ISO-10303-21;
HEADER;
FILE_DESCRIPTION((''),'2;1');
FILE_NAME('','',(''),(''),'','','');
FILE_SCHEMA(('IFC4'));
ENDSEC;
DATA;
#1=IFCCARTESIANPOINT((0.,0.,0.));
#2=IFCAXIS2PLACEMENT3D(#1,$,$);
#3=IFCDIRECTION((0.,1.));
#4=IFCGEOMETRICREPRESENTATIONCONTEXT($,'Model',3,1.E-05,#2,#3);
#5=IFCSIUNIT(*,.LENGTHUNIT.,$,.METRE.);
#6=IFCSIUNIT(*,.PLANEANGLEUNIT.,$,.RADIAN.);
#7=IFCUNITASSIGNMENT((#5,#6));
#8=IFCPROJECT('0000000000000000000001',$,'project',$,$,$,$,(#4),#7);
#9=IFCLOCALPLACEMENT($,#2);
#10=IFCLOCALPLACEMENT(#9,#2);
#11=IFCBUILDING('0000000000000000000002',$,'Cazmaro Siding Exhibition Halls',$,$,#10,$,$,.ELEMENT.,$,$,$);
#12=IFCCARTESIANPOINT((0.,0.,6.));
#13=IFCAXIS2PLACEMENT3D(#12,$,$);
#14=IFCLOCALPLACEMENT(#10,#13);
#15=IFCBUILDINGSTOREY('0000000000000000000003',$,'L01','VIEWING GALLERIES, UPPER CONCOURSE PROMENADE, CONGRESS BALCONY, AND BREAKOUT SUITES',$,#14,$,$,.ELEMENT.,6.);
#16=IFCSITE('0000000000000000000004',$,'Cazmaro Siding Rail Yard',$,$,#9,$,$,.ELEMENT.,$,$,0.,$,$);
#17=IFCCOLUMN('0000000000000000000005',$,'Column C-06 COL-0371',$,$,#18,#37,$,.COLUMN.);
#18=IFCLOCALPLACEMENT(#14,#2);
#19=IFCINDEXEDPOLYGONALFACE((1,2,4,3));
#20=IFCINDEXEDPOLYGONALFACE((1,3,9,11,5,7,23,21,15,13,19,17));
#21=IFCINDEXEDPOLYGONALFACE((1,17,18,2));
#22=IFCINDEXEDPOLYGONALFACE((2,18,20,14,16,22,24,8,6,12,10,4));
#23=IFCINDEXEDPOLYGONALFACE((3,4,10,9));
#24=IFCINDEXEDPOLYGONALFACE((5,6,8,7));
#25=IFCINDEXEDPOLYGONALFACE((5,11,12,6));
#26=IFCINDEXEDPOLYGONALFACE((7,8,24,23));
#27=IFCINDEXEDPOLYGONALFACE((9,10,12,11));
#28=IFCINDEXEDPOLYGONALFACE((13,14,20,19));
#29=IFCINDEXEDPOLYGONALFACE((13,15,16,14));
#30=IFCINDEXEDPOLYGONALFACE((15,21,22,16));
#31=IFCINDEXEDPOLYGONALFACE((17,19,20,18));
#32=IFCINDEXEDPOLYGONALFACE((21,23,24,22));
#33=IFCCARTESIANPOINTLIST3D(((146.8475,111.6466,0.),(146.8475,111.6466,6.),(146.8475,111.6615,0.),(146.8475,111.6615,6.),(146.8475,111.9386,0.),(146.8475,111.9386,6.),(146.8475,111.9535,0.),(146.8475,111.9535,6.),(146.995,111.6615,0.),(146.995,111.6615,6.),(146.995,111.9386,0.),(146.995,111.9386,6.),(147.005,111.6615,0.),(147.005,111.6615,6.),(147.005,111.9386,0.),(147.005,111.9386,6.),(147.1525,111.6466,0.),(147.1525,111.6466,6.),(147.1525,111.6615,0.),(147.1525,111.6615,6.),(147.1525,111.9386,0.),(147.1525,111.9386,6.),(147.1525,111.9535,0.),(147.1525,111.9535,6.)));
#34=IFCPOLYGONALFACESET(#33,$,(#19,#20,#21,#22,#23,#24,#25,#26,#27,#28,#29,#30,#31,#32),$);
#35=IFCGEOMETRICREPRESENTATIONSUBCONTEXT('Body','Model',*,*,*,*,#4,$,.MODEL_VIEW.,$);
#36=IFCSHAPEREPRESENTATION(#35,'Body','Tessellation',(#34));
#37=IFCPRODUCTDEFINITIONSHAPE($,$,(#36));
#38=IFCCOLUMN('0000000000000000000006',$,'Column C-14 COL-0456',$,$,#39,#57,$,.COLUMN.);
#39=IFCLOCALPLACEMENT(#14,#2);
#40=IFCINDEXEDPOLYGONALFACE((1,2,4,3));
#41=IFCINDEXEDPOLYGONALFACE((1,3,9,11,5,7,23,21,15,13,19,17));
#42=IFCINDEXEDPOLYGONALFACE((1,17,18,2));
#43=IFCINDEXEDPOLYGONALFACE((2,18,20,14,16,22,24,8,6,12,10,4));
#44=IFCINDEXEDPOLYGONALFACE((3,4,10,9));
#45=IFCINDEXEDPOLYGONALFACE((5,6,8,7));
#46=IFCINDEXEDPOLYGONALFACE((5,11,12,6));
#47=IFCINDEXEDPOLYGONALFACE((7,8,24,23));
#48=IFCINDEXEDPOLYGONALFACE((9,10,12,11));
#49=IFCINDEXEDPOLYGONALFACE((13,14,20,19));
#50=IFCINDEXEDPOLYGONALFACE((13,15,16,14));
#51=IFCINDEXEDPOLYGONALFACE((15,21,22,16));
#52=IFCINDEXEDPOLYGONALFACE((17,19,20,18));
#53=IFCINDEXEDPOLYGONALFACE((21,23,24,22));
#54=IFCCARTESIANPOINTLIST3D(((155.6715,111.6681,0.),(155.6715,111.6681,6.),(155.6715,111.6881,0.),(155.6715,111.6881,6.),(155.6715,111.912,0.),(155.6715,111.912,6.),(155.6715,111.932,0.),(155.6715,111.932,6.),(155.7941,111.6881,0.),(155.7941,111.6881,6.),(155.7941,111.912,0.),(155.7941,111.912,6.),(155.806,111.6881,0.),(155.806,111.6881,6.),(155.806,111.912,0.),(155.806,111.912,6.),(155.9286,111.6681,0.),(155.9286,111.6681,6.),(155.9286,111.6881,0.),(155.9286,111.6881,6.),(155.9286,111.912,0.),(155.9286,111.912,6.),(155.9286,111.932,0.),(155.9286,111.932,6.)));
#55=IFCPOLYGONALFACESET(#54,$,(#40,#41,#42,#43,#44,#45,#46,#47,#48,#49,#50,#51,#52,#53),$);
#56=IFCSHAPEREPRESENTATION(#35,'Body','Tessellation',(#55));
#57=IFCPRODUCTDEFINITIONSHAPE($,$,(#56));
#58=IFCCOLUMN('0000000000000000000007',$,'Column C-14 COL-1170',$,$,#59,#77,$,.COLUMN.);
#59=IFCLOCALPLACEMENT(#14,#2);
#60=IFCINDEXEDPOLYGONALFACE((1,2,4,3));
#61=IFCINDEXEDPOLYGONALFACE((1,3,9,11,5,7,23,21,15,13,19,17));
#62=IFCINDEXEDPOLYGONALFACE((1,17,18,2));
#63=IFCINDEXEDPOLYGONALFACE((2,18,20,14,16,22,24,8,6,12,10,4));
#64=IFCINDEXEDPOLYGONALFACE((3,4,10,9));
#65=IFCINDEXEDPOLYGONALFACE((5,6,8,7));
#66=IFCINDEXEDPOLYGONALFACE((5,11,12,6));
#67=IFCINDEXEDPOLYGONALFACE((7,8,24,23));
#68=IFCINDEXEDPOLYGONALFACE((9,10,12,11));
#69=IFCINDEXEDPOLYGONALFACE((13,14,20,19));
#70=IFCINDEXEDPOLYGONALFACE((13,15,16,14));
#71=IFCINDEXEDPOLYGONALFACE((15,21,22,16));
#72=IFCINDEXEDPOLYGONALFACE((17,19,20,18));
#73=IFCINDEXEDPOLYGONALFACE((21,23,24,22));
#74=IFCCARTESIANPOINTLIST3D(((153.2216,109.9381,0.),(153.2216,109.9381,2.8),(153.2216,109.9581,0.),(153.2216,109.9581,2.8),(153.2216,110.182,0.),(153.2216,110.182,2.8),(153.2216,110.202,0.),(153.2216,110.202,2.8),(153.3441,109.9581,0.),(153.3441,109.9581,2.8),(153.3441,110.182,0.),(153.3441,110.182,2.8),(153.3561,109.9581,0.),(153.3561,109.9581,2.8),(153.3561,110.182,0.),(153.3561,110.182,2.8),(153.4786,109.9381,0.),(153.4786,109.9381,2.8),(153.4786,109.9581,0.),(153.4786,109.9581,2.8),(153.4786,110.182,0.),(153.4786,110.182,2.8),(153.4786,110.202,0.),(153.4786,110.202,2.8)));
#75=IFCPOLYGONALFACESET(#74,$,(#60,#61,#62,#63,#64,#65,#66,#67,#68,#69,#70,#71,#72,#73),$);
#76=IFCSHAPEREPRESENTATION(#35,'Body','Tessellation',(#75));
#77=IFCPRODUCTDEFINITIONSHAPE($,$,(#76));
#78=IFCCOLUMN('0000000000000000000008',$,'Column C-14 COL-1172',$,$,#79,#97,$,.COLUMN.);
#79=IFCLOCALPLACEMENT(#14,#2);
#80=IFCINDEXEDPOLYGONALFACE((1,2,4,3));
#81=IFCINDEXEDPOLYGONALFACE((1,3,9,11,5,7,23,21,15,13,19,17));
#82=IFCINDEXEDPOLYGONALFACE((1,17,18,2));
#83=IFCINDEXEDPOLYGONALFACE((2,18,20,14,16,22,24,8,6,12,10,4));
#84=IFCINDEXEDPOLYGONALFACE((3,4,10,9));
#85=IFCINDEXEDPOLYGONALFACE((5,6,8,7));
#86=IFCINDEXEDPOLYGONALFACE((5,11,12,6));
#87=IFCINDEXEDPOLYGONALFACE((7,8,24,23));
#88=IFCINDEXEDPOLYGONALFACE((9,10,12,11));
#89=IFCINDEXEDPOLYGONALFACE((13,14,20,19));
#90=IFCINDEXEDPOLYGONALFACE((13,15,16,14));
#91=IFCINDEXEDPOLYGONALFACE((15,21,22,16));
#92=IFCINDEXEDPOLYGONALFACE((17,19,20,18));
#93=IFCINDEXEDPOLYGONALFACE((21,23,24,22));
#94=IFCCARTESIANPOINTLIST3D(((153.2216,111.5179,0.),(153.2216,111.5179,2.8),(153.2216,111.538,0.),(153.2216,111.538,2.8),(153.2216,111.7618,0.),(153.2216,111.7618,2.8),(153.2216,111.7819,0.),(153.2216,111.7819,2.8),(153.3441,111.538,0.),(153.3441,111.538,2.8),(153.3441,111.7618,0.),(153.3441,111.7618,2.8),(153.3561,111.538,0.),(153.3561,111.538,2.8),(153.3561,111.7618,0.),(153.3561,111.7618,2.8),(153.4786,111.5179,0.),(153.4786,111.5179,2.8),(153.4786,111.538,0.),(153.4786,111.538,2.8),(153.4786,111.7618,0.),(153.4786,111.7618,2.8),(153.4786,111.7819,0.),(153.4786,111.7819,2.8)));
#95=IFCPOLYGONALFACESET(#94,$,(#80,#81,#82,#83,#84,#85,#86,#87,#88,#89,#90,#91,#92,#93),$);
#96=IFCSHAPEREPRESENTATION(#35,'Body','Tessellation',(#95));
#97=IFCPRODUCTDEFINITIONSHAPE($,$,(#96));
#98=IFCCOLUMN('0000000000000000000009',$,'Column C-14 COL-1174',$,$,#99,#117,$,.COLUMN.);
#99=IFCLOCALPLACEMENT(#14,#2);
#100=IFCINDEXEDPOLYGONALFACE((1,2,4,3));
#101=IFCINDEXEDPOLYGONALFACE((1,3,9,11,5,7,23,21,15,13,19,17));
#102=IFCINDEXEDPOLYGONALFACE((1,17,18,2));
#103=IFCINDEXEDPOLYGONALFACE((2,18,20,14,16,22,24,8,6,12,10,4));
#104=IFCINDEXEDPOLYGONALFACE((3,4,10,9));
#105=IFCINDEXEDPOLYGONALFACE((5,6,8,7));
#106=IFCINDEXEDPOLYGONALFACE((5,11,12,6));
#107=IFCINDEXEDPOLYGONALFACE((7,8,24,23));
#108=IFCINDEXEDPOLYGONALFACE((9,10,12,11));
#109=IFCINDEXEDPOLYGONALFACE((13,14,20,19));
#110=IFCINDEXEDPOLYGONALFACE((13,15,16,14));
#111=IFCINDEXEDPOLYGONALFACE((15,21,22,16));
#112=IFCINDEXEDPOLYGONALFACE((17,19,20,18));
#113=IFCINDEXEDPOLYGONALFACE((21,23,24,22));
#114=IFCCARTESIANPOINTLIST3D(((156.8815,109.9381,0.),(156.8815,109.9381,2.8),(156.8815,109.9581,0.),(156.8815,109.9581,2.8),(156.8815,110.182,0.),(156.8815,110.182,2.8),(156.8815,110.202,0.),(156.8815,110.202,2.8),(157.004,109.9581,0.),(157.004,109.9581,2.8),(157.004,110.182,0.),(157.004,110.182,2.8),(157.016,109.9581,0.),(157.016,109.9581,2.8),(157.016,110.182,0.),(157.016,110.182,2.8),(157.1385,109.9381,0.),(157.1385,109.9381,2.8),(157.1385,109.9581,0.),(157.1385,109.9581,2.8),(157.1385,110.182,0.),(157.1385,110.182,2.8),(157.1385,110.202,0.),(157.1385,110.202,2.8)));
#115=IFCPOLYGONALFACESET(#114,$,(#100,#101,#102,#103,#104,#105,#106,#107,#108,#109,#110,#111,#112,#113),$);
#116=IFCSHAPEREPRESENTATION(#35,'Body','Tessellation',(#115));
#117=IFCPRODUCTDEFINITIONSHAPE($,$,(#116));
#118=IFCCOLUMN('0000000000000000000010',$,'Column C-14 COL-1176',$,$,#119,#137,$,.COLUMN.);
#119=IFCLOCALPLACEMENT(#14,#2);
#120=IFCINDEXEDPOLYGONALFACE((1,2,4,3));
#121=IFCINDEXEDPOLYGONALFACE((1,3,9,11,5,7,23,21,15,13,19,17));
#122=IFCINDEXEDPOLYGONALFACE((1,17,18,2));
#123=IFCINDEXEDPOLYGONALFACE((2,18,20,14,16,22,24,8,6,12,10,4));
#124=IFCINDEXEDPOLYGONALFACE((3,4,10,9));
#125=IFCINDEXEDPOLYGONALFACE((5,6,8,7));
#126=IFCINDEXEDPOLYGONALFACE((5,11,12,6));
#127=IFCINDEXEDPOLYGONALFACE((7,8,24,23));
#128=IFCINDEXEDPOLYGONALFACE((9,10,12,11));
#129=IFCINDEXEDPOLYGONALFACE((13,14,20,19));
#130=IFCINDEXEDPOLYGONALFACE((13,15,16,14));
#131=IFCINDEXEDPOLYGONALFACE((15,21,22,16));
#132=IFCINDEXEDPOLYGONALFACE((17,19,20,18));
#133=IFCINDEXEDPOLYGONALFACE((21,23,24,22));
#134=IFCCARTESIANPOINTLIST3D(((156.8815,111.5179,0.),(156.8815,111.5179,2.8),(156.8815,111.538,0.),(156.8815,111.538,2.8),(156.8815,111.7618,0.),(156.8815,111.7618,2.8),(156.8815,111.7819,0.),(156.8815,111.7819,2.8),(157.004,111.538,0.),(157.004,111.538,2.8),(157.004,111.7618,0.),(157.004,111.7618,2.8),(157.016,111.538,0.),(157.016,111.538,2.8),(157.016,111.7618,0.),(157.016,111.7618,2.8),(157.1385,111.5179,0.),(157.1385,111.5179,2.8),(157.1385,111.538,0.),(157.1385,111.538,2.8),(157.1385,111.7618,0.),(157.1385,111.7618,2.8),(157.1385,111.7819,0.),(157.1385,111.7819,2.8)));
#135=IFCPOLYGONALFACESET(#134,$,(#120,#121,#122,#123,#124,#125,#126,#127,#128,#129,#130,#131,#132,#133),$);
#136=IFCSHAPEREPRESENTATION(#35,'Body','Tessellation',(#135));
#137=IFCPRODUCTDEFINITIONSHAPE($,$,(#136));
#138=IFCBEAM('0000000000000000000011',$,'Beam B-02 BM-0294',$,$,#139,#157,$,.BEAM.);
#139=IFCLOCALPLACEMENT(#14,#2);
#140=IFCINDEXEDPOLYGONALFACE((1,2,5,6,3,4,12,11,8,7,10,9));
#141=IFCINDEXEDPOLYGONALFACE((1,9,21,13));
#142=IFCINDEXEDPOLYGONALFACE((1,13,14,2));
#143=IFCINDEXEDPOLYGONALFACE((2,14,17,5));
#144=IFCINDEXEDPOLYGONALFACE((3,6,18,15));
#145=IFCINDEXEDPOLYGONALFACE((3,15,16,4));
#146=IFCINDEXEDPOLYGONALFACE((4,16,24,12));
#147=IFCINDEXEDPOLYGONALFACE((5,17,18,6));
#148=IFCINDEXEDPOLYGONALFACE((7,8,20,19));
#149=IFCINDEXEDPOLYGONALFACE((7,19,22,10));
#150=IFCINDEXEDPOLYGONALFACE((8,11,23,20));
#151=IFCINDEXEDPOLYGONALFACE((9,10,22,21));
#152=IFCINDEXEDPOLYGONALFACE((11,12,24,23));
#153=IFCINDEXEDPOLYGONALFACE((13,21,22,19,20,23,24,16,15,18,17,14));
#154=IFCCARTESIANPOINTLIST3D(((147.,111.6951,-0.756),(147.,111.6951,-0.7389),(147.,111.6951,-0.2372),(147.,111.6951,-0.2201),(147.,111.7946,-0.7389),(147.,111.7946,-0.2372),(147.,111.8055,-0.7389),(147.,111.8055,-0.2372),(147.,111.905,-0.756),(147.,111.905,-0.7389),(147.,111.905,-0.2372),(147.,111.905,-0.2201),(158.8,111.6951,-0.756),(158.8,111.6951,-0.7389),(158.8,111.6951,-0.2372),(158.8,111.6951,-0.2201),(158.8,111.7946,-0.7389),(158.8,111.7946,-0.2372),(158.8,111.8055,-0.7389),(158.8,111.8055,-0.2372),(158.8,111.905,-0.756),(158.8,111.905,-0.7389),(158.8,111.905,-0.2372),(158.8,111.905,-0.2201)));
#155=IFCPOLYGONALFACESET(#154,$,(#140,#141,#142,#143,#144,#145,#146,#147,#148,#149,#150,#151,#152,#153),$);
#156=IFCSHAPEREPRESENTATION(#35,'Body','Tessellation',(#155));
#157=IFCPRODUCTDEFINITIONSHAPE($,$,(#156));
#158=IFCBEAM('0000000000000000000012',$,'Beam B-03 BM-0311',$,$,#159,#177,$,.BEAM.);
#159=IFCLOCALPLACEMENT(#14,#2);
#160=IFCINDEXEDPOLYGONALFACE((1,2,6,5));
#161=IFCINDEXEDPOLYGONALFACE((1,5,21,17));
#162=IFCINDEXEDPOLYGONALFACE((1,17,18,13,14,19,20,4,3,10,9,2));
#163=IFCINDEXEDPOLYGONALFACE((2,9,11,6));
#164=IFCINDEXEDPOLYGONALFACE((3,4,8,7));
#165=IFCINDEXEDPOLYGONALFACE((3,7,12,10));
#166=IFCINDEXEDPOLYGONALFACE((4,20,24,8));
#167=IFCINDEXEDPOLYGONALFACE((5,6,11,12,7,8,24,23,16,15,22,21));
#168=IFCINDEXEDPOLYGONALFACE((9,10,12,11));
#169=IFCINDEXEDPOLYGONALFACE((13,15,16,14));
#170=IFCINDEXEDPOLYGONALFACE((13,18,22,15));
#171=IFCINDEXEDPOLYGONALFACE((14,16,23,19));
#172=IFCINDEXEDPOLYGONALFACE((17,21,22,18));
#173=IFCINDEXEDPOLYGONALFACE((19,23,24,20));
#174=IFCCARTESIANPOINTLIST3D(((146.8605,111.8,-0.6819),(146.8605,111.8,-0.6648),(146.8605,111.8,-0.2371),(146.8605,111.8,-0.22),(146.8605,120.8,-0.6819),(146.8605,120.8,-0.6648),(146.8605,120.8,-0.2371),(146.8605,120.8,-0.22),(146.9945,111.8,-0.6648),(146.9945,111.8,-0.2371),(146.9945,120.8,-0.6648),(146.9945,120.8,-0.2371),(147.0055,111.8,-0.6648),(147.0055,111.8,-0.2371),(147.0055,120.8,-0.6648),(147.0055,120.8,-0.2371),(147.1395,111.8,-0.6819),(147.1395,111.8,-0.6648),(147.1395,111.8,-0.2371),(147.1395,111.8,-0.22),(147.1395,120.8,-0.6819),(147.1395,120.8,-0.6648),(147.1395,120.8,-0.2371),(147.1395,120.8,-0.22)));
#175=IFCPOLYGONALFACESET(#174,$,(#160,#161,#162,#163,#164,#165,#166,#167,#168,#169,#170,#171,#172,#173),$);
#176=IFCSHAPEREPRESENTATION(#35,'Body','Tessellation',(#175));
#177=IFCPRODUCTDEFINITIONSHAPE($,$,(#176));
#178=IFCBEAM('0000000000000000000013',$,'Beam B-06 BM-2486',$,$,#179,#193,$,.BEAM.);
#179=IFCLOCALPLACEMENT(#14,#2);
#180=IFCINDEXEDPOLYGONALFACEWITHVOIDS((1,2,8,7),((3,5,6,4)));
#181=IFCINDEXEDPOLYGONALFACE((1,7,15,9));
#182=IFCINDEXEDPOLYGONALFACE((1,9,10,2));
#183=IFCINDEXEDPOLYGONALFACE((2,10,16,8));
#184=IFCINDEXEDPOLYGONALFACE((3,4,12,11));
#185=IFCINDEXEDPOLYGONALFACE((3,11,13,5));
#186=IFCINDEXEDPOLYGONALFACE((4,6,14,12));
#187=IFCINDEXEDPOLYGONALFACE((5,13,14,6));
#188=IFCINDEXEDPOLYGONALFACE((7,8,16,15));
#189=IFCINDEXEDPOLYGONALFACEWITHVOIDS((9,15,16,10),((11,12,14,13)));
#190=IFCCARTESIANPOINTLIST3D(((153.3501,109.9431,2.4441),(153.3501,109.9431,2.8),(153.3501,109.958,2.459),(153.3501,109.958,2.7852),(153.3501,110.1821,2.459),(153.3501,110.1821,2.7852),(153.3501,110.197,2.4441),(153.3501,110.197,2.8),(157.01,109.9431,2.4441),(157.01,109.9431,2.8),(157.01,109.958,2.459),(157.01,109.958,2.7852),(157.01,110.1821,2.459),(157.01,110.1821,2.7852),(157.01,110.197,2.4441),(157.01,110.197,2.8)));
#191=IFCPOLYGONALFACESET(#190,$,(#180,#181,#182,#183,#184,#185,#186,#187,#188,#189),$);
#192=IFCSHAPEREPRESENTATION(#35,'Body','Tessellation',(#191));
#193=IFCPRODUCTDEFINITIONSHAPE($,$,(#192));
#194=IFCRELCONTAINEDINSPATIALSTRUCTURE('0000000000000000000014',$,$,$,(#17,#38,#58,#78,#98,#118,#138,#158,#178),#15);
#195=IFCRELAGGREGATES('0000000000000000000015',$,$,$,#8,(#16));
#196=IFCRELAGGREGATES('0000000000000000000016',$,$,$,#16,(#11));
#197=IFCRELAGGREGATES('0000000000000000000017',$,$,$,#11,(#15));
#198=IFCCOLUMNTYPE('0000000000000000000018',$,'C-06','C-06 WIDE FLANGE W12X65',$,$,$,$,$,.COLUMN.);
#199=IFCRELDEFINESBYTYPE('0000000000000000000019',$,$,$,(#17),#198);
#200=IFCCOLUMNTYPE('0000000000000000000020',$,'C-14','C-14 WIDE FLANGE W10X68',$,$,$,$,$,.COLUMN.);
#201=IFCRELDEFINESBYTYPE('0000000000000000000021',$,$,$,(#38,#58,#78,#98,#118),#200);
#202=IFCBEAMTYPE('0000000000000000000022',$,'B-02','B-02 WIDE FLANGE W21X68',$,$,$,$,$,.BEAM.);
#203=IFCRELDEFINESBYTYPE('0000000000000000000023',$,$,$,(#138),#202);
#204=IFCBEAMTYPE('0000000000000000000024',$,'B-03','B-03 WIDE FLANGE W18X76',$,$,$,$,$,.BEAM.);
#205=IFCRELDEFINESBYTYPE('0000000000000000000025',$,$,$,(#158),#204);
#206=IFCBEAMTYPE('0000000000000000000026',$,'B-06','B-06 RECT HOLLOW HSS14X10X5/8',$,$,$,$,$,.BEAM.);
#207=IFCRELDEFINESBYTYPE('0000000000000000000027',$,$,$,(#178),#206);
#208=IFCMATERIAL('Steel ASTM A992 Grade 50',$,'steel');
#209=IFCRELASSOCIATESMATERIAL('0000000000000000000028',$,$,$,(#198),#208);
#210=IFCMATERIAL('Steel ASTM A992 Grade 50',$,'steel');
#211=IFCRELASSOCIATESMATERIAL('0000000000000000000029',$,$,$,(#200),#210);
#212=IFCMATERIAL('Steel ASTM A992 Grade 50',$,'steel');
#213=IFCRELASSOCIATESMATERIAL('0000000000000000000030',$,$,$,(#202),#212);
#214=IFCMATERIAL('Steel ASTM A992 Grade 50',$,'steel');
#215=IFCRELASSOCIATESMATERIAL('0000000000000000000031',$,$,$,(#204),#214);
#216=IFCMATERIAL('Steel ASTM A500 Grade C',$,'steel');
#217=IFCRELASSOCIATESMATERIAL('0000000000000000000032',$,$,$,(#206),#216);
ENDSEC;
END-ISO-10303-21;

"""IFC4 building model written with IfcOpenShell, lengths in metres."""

from ifc_helpers import new_model, si_unit, direction, frame, origin, origin_2d, place, context, subcontext, project, spatial, hollow_rectangle, i_section, extrude, material, material_profile, profile_set, type_object, element, save


model = new_model("IFC4")

# Units and contexts
model_context = context("Model", 3, precision=1e-05, world=origin(), true_north=direction((0.0, 1.0)))
body_context = subcontext(model_context, "Body", "Model", "MODEL_VIEW")
ifc_project = project(units=[si_unit("LENGTHUNIT", "METRE"), si_unit("PLANEANGLEUNIT", "RADIAN")], contexts=[model_context])

# Site, building, storey
site_placement = place(None, origin())
site = spatial("IfcSite", under=ifc_project, at=site_placement, Name="Cazmaro Siding Rail Yard", CompositionType="ELEMENT", RefElevation=0.0)
building_placement = place(site_placement, origin())
building = spatial("IfcBuilding", under=site, at=building_placement, Name="Cazmaro Siding Exhibition Halls", CompositionType="ELEMENT")
storey_placement = place(building_placement, frame((0.0, 0.0, 6.0)))
storey = spatial("IfcBuildingStorey", under=building, at=storey_placement, Name="L01", Description="VIEWING GALLERIES, UPPER CONCOURSE PROMENADE, CONGRESS BALCONY, AND BREAKOUT SUITES", CompositionType="ELEMENT", Elevation=6.0)

# Columns
ifc_material_1 = material(Name="Steel ASTM A992 Grade 50", Category="steel")
ifc_material_profile_1 = material_profile(ifc_material_1, i_section(OverallWidth=0.3049, OverallDepth=0.3069, WebThickness=0.01, FlangeThickness=0.0149, at=origin_2d()), Name="W12X65")
ifc_profile_set_1 = profile_set([ifc_material_profile_1], Name="Steel ASTM A992 Grade 50")
column_type_1 = type_object("IfcColumnType", Name="C-06", Description="C-06 WIDE FLANGE W12X65", PredefinedType="COLUMN", material=ifc_profile_set_1)
column_1_placement = place(storey_placement, frame((147.0, 111.8, 0.0), z_axis=(0.0, 0.0, 1.0), x_axis=(1.0, 0.0, 0.0)))
element("IfcColumn", 1, at=column_1_placement, inside=storey, type_object=column_type_1, Name="Column C-06 COL-0371", PredefinedType="COLUMN", context=body_context, shape_type="SweptSolid", body=[
    extrude(i_section(OverallWidth=0.3049, OverallDepth=0.3069, WebThickness=0.01, FlangeThickness=0.0149, at=origin_2d()), origin(), (0.0, 0.0, 1.0), 6.0),
])
ifc_material_2 = material(Name="Steel ASTM A992 Grade 50", Category="steel")
ifc_material_profile_2 = material_profile(ifc_material_2, i_section(OverallWidth=0.2571, OverallDepth=0.2639, WebThickness=0.012, FlangeThickness=0.02, at=origin_2d()), Name="W10X68")
ifc_profile_set_2 = profile_set([ifc_material_profile_2], Name="Steel ASTM A992 Grade 50")
column_type_2 = type_object("IfcColumnType", Name="C-14", Description="C-14 WIDE FLANGE W10X68", PredefinedType="COLUMN", material=ifc_profile_set_2)
column_2_placement = place(storey_placement, frame((155.8, 111.8, 0.0), z_axis=(0.0, 0.0, 1.0), x_axis=(1.0, 0.0, 0.0)))
element("IfcColumn", 2, at=column_2_placement, inside=storey, type_object=column_type_2, Name="Column C-14 COL-0456", PredefinedType="COLUMN", context=body_context, shape_type="SweptSolid", body=[
    extrude(i_section(OverallWidth=0.2571, OverallDepth=0.2639, WebThickness=0.012, FlangeThickness=0.02, at=origin_2d()), origin(), (0.0, 0.0, 1.0), 6.0),
])
for number, where, z_axis, x_axis, name in (
    (3, (153.3501, 110.0701, 0.0), (0.0, 0.0, 1.0), (1.0, 0.0, 0.0), "Column C-14 COL-1170"),
    (4, (153.3501, 111.6499, 0.0), (0.0, 0.0, 1.0), (1.0, 0.0, 0.0), "Column C-14 COL-1172"),
    (5, (157.01, 110.0701, 0.0), (0.0, 0.0, 1.0), (1.0, 0.0, 0.0), "Column C-14 COL-1174"),
    (6, (157.01, 111.6499, 0.0), (0.0, 0.0, 1.0), (1.0, 0.0, 0.0), "Column C-14 COL-1176"),
):
    element("IfcColumn", number, at=place(storey_placement, frame(where, z_axis=z_axis, x_axis=x_axis)), inside=storey, type_object=column_type_2, Name=name, PredefinedType="COLUMN", context=body_context, shape_type="SweptSolid", body=[
        extrude(i_section(OverallWidth=0.2571, OverallDepth=0.2639, WebThickness=0.012, FlangeThickness=0.02, at=origin_2d()), origin(), (0.0, 0.0, 1.0), 2.8),
    ])

# Beams
ifc_material_3 = material(Name="Steel ASTM A992 Grade 50", Category="steel")
ifc_material_profile_3 = material_profile(ifc_material_3, i_section(OverallWidth=0.21, OverallDepth=0.5359, WebThickness=0.011, FlangeThickness=0.0171, at=origin_2d()), Name="W21X68")
ifc_profile_set_3 = profile_set([ifc_material_profile_3], Name="Steel ASTM A992 Grade 50")
beam_type_1 = type_object("IfcBeamType", Name="B-02", Description="B-02 WIDE FLANGE W21X68", PredefinedType="BEAM", material=ifc_profile_set_3)
beam_1_placement = place(storey_placement, frame((147.0, 111.8, -0.488), z_axis=(1.0, 0.0, 0.0), x_axis=(0.0, 1.0, 0.0)))
element("IfcBeam", 7, at=beam_1_placement, inside=storey, type_object=beam_type_1, Name="Beam B-02 BM-0294", PredefinedType="BEAM", context=body_context, shape_type="SweptSolid", body=[
    extrude(i_section(OverallWidth=0.21, OverallDepth=0.5359, WebThickness=0.011, FlangeThickness=0.0171, at=origin_2d()), origin(), (0.0, 0.0, 1.0), 11.8),
])
ifc_material_4 = material(Name="Steel ASTM A992 Grade 50", Category="steel")
ifc_material_profile_4 = material_profile(ifc_material_4, i_section(OverallWidth=0.2791, OverallDepth=0.4619, WebThickness=0.011, FlangeThickness=0.0171, at=origin_2d()), Name="W18X76")
ifc_profile_set_4 = profile_set([ifc_material_profile_4], Name="Steel ASTM A992 Grade 50")
beam_type_2 = type_object("IfcBeamType", Name="B-03", Description="B-03 WIDE FLANGE W18X76", PredefinedType="BEAM", material=ifc_profile_set_4)
beam_2_placement = place(storey_placement, frame((147.0, 111.8, -0.4509), z_axis=(0.0, 1.0, 0.0), x_axis=(-1.0, 0.0, 0.0)))
element("IfcBeam", 8, at=beam_2_placement, inside=storey, type_object=beam_type_2, Name="Beam B-03 BM-0311", PredefinedType="BEAM", context=body_context, shape_type="SweptSolid", body=[
    extrude(i_section(OverallWidth=0.2791, OverallDepth=0.4619, WebThickness=0.011, FlangeThickness=0.0171, at=origin_2d()), origin(), (0.0, 0.0, 1.0), 9.0),
])
ifc_material_5 = material(Name="Steel ASTM A500 Grade C", Category="steel")
ifc_material_profile_5 = material_profile(ifc_material_5, hollow_rectangle(XDim=0.2539, YDim=0.356, WallThickness=0.0149, at=origin_2d()), Name="HSS14X10X5/8")
ifc_profile_set_5 = profile_set([ifc_material_profile_5], Name="Steel ASTM A500 Grade C")
beam_type_3 = type_object("IfcBeamType", Name="B-06", Description="B-06 RECT HOLLOW HSS14X10X5/8", PredefinedType="BEAM", material=ifc_profile_set_5)
for number, where, z_axis, x_axis, name in (
    (9, (153.3501, 110.0701, 2.6221), (1.0, 0.0, 0.0), (0.0, 1.0, 0.0), "Beam B-06 BM-2486"),
):
    element("IfcBeam", number, at=place(storey_placement, frame(where, z_axis=z_axis, x_axis=x_axis)), inside=storey, type_object=beam_type_3, Name=name, PredefinedType="BEAM", context=body_context, shape_type="SweptSolid", body=[
        extrude(hollow_rectangle(XDim=0.2539, YDim=0.356, WallThickness=0.0149, at=origin_2d()), origin(), (0.0, 0.0, 1.0), 3.6599),
    ])

save(model, "model.ifc")
